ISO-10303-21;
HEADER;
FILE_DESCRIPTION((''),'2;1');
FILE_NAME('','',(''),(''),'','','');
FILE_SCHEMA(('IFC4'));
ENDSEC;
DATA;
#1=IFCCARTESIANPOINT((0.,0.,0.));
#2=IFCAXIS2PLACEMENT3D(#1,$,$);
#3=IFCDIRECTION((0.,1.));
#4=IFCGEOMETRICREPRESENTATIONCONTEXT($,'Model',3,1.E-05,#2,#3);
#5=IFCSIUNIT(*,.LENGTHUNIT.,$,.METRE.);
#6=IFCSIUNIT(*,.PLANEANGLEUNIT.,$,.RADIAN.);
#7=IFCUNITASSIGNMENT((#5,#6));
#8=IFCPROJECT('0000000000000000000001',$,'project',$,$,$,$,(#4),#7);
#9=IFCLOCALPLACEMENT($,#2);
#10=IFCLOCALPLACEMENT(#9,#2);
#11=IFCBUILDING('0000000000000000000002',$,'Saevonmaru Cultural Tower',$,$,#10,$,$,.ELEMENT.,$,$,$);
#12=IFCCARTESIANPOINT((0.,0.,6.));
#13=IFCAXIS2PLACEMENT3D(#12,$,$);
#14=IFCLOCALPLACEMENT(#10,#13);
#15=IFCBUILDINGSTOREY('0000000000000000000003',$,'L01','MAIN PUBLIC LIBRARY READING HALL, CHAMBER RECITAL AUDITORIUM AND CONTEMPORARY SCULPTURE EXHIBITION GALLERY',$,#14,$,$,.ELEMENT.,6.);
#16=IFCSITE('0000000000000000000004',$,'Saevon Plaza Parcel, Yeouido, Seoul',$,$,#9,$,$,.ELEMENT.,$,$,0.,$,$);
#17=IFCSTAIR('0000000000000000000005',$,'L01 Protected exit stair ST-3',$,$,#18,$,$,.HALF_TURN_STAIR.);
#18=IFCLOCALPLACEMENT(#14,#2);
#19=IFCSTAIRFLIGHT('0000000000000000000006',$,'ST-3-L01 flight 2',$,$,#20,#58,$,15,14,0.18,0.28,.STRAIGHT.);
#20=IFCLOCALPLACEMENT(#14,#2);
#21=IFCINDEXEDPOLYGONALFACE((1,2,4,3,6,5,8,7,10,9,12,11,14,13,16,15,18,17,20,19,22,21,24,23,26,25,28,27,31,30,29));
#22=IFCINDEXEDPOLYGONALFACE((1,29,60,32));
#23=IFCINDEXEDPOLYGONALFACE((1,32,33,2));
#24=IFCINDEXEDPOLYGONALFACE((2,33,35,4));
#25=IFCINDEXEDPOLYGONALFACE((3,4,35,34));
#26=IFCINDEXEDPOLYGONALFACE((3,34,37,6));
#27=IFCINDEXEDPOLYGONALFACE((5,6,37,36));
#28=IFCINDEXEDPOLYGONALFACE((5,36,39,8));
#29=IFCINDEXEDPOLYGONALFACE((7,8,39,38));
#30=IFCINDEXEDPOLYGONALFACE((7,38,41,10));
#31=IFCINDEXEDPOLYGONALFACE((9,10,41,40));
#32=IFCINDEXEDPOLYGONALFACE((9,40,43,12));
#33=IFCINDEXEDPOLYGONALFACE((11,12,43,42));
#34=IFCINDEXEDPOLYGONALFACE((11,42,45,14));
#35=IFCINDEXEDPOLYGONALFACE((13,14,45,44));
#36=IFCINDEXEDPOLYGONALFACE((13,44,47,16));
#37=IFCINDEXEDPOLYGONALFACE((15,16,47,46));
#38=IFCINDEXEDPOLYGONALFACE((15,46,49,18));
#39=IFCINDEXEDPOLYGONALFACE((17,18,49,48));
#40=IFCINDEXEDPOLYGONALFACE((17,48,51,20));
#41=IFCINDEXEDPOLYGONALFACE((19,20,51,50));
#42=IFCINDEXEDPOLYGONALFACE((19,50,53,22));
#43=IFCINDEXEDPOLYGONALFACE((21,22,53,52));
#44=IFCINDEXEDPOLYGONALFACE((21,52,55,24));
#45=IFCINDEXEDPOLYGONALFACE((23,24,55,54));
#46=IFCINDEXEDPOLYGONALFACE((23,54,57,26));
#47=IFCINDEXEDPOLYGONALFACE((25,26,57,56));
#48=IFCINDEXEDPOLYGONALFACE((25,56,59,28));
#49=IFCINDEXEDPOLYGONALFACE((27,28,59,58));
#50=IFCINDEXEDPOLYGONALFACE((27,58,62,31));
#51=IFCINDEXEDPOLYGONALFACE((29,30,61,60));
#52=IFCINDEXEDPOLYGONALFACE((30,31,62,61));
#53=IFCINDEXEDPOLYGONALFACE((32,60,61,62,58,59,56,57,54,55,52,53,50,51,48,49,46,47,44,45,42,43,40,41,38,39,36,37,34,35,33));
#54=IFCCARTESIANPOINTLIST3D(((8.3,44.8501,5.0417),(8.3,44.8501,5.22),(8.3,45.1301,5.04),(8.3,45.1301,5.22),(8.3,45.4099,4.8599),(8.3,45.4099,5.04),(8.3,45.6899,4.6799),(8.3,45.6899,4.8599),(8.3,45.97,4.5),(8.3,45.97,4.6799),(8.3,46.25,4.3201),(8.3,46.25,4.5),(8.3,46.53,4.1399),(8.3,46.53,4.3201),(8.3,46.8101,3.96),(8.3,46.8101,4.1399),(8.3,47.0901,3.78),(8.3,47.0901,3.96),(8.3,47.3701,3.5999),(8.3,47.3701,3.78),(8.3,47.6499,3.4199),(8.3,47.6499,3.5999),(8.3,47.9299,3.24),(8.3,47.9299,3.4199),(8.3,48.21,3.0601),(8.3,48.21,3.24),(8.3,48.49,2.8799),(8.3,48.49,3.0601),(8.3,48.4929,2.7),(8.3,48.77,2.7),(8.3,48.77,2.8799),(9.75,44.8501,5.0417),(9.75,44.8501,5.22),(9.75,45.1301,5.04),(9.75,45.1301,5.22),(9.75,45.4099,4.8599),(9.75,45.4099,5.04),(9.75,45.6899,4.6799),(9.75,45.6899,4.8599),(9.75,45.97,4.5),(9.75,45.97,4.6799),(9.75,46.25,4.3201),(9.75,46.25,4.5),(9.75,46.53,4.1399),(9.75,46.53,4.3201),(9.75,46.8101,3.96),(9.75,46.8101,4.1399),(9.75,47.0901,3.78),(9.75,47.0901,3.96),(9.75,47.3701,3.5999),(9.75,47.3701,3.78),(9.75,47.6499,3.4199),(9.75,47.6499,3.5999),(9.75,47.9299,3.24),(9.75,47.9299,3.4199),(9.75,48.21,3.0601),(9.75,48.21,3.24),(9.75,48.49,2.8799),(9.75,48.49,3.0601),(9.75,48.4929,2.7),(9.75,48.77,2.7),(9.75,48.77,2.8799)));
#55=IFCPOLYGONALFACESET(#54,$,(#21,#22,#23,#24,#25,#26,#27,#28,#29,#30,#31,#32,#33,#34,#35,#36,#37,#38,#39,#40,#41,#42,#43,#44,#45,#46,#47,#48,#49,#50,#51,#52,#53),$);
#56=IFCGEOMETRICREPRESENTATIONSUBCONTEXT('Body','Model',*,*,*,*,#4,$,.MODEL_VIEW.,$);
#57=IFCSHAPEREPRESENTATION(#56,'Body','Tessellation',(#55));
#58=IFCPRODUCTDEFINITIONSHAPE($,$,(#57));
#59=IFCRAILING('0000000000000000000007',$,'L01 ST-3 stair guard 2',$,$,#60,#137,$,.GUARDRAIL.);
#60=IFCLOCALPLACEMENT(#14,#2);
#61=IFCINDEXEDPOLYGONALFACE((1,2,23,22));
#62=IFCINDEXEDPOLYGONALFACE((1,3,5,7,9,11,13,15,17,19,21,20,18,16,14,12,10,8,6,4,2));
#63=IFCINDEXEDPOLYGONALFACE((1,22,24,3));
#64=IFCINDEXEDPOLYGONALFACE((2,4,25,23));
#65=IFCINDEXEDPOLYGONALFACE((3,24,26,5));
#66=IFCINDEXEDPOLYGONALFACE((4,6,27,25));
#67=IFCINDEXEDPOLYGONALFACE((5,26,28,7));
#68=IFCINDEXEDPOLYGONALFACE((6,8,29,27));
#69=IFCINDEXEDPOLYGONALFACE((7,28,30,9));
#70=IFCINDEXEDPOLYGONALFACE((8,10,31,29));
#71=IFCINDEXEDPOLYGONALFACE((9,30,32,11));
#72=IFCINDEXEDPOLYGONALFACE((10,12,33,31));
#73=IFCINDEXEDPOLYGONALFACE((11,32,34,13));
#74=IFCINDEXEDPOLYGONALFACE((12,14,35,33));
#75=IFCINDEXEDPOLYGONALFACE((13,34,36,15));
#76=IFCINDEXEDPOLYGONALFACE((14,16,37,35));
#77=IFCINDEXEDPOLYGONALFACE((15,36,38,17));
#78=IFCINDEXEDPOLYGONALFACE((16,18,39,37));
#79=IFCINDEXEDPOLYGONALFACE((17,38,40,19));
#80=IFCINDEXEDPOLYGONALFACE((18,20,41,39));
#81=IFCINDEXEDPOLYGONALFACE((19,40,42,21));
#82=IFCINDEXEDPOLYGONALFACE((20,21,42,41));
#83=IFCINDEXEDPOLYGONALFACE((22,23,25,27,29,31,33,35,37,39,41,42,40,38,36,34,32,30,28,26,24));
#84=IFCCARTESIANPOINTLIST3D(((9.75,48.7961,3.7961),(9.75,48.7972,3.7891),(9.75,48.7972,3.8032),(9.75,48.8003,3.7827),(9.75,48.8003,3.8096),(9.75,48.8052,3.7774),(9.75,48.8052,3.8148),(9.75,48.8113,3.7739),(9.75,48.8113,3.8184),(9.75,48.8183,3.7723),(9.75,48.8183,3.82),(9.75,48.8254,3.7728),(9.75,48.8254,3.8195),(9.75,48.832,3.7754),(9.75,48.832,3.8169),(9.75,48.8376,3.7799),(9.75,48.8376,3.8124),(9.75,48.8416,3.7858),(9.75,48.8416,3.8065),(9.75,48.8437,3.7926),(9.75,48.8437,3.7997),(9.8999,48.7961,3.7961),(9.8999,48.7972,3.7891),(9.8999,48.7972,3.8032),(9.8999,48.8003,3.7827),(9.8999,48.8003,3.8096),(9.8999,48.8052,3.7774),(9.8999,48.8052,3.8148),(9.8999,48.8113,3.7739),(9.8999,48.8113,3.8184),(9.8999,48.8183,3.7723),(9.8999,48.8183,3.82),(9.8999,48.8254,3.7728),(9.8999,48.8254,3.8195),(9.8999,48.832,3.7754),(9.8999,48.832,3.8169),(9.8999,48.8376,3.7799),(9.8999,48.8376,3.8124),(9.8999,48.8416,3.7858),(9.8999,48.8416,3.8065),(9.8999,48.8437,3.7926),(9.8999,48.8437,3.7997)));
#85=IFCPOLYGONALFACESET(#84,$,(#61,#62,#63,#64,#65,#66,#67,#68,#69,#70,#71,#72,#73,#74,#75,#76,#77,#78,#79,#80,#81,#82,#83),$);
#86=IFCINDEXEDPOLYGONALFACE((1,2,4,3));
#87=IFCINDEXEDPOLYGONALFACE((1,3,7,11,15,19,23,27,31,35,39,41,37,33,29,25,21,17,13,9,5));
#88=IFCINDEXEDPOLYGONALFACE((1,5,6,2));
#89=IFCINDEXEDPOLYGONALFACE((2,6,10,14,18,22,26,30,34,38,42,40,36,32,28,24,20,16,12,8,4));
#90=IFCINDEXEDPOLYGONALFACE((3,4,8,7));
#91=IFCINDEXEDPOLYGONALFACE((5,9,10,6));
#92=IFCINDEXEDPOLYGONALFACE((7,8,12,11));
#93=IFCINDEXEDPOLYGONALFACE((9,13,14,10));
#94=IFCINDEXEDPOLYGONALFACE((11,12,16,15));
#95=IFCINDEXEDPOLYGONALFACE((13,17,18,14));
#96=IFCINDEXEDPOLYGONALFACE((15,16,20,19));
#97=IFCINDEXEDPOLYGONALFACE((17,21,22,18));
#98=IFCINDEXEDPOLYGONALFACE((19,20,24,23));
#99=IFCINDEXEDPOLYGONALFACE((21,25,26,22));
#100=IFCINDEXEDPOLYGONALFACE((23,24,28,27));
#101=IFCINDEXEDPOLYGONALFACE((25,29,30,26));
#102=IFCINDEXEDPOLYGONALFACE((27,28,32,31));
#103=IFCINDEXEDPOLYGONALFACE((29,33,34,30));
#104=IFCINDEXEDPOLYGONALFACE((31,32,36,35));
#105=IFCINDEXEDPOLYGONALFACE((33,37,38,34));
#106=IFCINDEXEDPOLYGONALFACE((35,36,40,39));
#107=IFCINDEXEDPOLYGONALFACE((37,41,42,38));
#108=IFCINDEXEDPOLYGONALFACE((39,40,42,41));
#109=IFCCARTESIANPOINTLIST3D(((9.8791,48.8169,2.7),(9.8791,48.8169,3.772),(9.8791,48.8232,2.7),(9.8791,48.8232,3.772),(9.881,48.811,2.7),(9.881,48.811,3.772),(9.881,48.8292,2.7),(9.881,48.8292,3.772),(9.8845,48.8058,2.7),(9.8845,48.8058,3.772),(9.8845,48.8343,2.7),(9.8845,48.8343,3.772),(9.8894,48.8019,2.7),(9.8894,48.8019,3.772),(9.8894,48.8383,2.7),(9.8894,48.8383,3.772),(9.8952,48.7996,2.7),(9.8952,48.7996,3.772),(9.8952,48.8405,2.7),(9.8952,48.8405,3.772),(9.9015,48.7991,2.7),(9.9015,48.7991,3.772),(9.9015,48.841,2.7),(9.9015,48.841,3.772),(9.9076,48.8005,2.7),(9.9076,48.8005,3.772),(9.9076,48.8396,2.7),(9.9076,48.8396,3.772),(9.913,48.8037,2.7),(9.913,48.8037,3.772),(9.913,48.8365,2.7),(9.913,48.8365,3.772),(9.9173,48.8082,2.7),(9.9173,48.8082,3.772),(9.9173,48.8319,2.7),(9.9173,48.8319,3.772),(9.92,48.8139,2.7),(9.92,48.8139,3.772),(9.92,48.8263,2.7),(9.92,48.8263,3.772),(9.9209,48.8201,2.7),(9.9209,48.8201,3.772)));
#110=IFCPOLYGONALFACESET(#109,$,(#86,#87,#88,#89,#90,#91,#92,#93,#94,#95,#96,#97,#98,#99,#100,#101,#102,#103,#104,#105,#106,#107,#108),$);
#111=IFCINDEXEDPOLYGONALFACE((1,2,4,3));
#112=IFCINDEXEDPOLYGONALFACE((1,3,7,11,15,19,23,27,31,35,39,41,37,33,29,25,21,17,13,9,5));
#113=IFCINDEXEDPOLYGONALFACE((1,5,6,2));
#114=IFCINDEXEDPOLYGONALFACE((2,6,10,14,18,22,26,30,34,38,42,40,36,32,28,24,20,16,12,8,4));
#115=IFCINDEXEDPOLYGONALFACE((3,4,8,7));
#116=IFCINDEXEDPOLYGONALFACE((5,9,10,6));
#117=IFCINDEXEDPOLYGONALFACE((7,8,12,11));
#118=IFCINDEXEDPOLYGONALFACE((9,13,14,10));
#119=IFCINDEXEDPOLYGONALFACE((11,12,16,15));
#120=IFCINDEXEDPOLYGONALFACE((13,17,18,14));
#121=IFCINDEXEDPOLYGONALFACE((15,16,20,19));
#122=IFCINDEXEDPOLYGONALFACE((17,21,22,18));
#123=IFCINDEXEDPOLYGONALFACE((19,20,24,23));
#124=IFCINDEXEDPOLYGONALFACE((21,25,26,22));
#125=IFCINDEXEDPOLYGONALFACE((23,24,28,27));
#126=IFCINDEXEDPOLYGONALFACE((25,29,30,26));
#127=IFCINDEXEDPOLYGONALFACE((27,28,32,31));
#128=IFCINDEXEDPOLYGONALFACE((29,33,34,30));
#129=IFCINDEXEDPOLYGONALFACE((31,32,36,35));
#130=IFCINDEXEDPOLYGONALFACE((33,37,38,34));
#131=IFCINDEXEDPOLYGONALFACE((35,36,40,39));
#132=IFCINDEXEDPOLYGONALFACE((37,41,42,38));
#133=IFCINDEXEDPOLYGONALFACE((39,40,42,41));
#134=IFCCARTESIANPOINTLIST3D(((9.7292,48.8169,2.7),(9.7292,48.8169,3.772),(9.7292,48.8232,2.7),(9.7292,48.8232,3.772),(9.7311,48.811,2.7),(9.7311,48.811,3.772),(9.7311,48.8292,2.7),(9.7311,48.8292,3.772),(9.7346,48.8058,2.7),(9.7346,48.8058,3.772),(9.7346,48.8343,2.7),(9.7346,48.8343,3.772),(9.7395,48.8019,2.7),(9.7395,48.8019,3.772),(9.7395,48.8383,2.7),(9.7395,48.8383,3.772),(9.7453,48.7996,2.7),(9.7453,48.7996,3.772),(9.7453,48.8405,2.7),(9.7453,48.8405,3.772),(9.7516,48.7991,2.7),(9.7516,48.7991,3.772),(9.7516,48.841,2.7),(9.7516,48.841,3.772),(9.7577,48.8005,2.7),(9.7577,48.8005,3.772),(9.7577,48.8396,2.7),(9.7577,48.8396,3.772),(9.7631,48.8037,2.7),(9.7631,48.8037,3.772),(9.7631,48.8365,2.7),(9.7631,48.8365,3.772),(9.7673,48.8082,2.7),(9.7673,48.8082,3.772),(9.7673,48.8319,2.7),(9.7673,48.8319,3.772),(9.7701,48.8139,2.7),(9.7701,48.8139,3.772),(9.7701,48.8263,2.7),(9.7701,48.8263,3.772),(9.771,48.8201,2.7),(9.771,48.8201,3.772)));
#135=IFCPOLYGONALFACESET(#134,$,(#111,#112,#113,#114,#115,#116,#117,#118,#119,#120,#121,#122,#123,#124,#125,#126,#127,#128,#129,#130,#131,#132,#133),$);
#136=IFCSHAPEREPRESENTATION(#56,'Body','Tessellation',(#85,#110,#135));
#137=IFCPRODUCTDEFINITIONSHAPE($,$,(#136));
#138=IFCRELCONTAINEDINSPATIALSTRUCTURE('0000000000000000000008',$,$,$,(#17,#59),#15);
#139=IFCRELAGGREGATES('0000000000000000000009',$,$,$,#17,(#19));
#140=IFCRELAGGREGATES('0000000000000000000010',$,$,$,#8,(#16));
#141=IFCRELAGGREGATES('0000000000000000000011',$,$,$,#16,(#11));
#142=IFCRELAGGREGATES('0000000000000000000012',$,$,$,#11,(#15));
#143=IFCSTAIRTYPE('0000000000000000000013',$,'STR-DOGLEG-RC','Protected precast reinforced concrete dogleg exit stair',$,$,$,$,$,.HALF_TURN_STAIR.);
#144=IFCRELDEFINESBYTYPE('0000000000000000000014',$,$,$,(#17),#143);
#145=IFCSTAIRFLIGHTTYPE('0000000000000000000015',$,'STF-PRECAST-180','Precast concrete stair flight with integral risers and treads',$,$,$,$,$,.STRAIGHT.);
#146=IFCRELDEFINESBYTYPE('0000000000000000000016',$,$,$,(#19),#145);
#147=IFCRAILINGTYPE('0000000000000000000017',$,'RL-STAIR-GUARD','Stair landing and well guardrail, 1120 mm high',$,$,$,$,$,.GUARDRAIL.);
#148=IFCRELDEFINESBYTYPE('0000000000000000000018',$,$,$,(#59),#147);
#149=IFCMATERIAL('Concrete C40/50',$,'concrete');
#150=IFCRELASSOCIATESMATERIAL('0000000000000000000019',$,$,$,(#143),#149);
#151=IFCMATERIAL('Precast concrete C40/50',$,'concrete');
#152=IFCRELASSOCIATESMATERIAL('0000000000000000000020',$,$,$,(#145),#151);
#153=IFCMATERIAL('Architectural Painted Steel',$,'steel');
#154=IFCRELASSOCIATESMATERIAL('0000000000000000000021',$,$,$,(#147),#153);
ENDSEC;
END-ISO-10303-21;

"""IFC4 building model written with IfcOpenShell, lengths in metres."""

from ifc_helpers import new_model, si_unit, direction, frame, origin, origin_2d, place, context, subcontext, project, spatial, polyline, circle, outline, extrude, material, type_object, element, aggregate, save


model = new_model("IFC4")

# Units and contexts
model_context = context("Model", 3, precision=1e-05, world=origin(), true_north=direction((0.0, 1.0)))
body_context = subcontext(model_context, "Body", "Model", "MODEL_VIEW")
ifc_project = project(units=[si_unit("LENGTHUNIT", "METRE"), si_unit("PLANEANGLEUNIT", "RADIAN")], contexts=[model_context])

# Site, building, storey
site_placement = place(None, origin())
site = spatial("IfcSite", under=ifc_project, at=site_placement, Name="Saevon Plaza Parcel, Yeouido, Seoul", CompositionType="ELEMENT", RefElevation=0.0)
building_placement = place(site_placement, origin())
building = spatial("IfcBuilding", under=site, at=building_placement, Name="Saevonmaru Cultural Tower", CompositionType="ELEMENT")
storey_placement = place(building_placement, frame((0.0, 0.0, 6.0)))
storey = spatial("IfcBuildingStorey", under=building, at=storey_placement, Name="L01", Description="MAIN PUBLIC LIBRARY READING HALL, CHAMBER RECITAL AUDITORIUM AND CONTEMPORARY SCULPTURE EXHIBITION GALLERY", CompositionType="ELEMENT", Elevation=6.0)

# Shared definitions
ifc_material_1 = material(Name="Concrete C40/50", Category="concrete")

# Stair, stair flight
stair_type = type_object("IfcStairType", Name="STR-DOGLEG-RC", Description="Protected precast reinforced concrete dogleg exit stair", PredefinedType="HALF_TURN_STAIR", material=ifc_material_1)
stair_placement = place(storey_placement, origin())
stair = element("IfcStair", 1, at=stair_placement, inside=storey, type_object=stair_type, Name="L01 Protected exit stair ST-3", PredefinedType="HALF_TURN_STAIR")
ifc_material_2 = material(Name="Precast concrete C40/50", Category="concrete")
stair_flight_type = type_object("IfcStairFlightType", Name="STF-PRECAST-180", Description="Precast concrete stair flight with integral risers and treads", PredefinedType="STRAIGHT", material=ifc_material_2)
stair_flight_placement = place(storey_placement, frame((9.0249, 48.77, 2.7), z_axis=(0.0, 0.0, 1.0), x_axis=(0.0, -1.0, 0.0)))
stair_flight = element("IfcStairFlight", 2, at=stair_flight_placement, type_object=stair_flight_type, Name="ST-3-L01 flight 2", NumberOfRisers=15, NumberOfTreads=14, PredefinedType="STRAIGHT", RiserHeight=0.18, TreadLength=0.28, context=body_context, shape_type="SweptSolid", body=[
    extrude(outline(polyline([(0.0, 0.0), (0.0, 0.1799), (0.28, 0.1799), (0.28, 0.3601), (0.5601, 0.3601), (0.5601, 0.54), (0.8401, 0.54), (0.8401, 0.72), (1.1201, 0.72), (1.1201, 0.8999), (1.3999, 0.8999), (1.3999, 1.0801), (1.6799, 1.0801), (1.6799, 1.26), (1.96, 1.26), (1.96, 1.4399), (2.24, 1.4399), (2.24, 1.6201), (2.52, 1.6201), (2.52, 1.8), (2.8, 1.8), (2.8, 1.98), (3.0801, 1.98), (3.0801, 2.1599), (3.3601, 2.1599), (3.3601, 2.3401), (3.6399, 2.3401), (3.6399, 2.52), (3.9199, 2.52), (3.9199, 2.7), (3.9199, 2.3418), (0.2771, 0.0), (0.0, 0.0)])), frame((0.0, 0.7251, 0.0), z_axis=(0.0, -1.0, 0.0), x_axis=(1.0, 0.0, 0.0)), (0.0, 0.0, 1.0), 1.45),
])
aggregate(stair, [stair_flight])

# Railing
ifc_material_3 = material(Name="Architectural Painted Steel", Category="steel")
railing_type_1 = type_object("IfcRailingType", Name="RL-STAIR-GUARD", Description="Stair landing and well guardrail, 1120 mm high", PredefinedType="GUARDRAIL", material=ifc_material_3)
railing_1_placement = place(storey_placement, frame((9.8999, 48.8201, 2.7)))
element("IfcRailing", 3, at=railing_1_placement, inside=storey, type_object=railing_type_1, Name="L01 ST-3 stair guard 2", PredefinedType="GUARDRAIL", context=body_context, shape_type="SweptSolid", body=[
    extrude(circle(Radius=0.0239, at=origin_2d()), frame((0.0, 0.0, 1.0962), z_axis=(-1.0, 0.0, 0.0), x_axis=(0.0, -1.0, 0.0)), (0.0, 0.0, 1.0), 0.1499),
    extrude(circle(Radius=0.021, at=origin_2d()), origin(), (0.0, 0.0, 1.0), 1.072),
    extrude(circle(Radius=0.021, at=origin_2d()), frame((-0.1499, 0.0, 0.0)), (0.0, 0.0, 1.0), 1.072),
])

save(model, "model.ifc")
